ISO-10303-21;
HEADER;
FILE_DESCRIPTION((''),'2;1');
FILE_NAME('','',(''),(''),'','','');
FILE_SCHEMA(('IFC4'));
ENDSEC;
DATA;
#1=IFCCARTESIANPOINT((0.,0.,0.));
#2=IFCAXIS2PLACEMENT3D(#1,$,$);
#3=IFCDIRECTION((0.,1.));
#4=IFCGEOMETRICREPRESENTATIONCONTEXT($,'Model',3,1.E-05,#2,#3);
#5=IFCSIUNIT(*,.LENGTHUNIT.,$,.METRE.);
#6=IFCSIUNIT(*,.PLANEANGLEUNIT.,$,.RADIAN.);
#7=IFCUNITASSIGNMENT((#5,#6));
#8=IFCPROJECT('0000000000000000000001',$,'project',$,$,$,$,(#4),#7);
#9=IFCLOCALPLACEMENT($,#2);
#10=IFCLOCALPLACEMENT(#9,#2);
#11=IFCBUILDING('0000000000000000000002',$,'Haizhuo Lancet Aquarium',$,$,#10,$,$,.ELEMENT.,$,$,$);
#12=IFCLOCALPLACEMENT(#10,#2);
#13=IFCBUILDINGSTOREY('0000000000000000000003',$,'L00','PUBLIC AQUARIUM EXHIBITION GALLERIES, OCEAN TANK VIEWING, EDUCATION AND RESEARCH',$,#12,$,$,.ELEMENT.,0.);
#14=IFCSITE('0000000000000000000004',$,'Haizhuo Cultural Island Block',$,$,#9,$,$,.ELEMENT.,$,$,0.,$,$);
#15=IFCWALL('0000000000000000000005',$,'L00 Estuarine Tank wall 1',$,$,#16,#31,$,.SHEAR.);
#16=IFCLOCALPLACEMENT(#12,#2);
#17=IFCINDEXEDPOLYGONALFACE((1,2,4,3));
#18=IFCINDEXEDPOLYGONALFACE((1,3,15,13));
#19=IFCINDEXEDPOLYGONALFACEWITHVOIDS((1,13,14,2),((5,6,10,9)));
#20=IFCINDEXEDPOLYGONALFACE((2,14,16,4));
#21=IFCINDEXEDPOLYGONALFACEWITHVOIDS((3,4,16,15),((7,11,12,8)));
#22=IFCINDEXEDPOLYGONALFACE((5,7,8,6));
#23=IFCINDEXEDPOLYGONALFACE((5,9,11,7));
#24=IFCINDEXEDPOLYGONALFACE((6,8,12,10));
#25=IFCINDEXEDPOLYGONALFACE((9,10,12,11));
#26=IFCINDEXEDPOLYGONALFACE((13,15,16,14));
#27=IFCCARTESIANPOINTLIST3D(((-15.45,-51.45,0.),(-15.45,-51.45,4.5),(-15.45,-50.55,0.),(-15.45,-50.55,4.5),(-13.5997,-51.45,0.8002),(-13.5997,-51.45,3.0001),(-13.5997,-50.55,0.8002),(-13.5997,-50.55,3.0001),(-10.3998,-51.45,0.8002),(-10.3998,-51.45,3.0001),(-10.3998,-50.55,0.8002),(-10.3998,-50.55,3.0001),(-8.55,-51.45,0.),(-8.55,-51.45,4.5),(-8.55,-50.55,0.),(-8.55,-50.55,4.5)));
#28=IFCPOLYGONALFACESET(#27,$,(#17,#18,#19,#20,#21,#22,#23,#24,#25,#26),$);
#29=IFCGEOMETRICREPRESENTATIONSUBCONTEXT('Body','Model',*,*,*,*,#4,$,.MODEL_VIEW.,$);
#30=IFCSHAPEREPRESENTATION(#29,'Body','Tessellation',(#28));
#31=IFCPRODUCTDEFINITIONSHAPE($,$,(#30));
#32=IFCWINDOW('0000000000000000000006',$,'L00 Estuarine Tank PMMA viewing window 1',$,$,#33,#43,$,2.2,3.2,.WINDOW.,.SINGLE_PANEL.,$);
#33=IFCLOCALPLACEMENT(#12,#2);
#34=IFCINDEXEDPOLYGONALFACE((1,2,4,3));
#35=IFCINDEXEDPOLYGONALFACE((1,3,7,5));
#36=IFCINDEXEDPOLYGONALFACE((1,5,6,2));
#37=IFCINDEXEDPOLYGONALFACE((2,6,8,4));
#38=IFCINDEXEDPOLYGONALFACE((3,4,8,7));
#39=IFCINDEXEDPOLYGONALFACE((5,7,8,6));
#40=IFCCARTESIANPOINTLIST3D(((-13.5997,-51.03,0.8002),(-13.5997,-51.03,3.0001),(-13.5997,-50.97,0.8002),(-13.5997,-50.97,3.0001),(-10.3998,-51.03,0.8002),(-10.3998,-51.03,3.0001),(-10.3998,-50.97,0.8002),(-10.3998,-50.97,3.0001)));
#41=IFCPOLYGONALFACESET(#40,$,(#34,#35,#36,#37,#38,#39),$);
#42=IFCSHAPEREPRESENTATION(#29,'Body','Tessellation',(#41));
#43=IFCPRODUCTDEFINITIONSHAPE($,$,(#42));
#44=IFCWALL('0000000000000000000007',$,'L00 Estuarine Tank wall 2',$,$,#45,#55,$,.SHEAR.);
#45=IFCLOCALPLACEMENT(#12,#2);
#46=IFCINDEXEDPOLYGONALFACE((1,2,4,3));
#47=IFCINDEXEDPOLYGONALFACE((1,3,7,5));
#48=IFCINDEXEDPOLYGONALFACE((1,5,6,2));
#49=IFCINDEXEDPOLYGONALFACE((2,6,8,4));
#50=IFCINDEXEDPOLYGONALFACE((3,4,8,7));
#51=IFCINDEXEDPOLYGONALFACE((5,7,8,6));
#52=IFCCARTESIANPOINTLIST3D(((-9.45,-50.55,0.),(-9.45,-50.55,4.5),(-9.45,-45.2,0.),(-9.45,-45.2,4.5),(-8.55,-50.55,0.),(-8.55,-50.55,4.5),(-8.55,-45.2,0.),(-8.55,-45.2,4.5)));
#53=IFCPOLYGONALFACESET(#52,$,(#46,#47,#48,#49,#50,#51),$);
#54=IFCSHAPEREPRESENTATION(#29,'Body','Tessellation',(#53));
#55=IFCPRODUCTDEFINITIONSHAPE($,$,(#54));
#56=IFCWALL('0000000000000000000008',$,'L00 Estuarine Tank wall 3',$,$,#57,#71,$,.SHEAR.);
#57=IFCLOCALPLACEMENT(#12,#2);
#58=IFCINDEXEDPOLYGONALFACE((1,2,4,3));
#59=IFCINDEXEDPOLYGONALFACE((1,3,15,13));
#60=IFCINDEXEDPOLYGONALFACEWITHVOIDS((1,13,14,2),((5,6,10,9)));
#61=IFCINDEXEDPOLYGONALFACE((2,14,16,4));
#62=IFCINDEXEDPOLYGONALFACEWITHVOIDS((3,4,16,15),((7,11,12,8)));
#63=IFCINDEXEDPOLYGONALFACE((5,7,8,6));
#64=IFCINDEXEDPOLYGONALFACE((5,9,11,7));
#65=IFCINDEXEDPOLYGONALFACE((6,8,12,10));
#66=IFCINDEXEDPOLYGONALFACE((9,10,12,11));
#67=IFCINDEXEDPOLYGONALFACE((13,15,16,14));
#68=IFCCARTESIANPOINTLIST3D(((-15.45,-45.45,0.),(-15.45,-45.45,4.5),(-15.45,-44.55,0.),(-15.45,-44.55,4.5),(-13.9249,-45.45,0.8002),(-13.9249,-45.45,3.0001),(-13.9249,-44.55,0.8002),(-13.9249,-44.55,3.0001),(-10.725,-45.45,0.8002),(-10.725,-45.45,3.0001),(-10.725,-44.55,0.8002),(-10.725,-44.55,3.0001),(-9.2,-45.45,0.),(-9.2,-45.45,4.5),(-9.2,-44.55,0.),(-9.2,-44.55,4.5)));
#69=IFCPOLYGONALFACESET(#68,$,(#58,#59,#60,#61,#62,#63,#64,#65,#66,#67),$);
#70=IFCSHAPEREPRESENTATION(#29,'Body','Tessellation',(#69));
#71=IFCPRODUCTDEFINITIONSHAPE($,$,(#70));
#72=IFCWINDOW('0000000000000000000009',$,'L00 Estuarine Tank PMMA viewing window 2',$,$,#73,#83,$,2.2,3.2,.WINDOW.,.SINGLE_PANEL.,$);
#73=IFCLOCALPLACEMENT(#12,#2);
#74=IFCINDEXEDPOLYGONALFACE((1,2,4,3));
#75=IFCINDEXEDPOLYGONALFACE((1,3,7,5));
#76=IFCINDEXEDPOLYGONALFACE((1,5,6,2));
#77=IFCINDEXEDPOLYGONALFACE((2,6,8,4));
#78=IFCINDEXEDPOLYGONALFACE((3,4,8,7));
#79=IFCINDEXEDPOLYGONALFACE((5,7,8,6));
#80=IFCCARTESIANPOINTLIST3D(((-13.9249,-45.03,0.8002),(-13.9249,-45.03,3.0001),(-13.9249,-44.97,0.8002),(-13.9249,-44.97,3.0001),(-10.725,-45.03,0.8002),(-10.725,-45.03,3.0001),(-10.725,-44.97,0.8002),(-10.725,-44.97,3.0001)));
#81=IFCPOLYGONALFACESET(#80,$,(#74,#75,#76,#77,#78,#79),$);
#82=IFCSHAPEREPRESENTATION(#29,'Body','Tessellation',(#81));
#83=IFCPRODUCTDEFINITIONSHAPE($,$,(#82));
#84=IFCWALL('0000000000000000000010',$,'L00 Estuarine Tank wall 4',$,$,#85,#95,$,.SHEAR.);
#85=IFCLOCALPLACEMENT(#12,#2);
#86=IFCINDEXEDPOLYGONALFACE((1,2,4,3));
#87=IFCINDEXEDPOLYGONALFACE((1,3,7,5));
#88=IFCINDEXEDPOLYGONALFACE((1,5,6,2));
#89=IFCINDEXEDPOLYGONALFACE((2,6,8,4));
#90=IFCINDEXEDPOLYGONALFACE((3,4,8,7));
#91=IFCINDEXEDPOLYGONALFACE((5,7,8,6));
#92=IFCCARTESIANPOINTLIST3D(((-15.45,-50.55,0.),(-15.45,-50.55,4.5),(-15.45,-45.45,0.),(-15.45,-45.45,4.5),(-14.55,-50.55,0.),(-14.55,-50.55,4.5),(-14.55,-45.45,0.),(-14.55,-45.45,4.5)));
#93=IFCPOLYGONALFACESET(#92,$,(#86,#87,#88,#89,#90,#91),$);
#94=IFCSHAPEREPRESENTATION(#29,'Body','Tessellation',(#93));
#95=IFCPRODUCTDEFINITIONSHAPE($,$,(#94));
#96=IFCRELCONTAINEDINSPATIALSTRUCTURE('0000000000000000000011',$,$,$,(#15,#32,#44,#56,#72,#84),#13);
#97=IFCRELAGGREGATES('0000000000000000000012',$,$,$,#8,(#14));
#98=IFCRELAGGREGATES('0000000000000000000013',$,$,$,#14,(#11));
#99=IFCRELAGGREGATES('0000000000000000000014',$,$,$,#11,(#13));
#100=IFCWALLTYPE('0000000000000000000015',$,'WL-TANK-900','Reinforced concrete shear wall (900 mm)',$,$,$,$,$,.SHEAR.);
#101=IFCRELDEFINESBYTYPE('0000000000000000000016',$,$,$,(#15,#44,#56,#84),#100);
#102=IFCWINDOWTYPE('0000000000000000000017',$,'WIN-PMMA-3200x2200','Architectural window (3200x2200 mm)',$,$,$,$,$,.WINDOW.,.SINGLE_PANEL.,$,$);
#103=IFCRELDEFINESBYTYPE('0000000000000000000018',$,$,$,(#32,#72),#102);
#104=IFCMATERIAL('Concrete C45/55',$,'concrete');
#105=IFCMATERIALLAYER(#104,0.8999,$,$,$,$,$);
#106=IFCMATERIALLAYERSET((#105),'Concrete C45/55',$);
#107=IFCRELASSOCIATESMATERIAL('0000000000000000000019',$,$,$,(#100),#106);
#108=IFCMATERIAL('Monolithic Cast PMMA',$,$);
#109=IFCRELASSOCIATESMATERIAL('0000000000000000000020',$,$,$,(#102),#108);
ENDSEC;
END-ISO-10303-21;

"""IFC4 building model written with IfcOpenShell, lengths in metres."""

from ifc_helpers import new_model, si_unit, direction, frame, frame_2d, origin, place, context, subcontext, project, spatial, rectangle, extrude, material, layer, layer_set, type_object, element, fill, save


model = new_model("IFC4")

# Units and contexts
model_context = context("Model", 3, precision=1e-05, world=origin(), true_north=direction((0.0, 1.0)))
body_context = subcontext(model_context, "Body", "Model", "MODEL_VIEW")
ifc_project = project(units=[si_unit("LENGTHUNIT", "METRE"), si_unit("PLANEANGLEUNIT", "RADIAN")], contexts=[model_context])

# Site, building, storey
site_placement = place(None, origin())
site = spatial("IfcSite", under=ifc_project, at=site_placement, Name="Haizhuo Cultural Island Block", CompositionType="ELEMENT", RefElevation=0.0)
building_placement = place(site_placement, origin())
building = spatial("IfcBuilding", under=site, at=building_placement, Name="Haizhuo Lancet Aquarium", CompositionType="ELEMENT")
storey_placement = place(building_placement, origin())
storey = spatial("IfcBuildingStorey", under=building, at=storey_placement, Name="L00", Description="PUBLIC AQUARIUM EXHIBITION GALLERIES, OCEAN TANK VIEWING, EDUCATION AND RESEARCH", CompositionType="ELEMENT", Elevation=0.0)

# Wall, opening, window
ifc_material_1 = material(Name="Concrete C45/55", Category="concrete")
ifc_layer_1 = layer(ifc_material_1, 0.8999)
ifc_layer_set_1 = layer_set([ifc_layer_1], Name="Concrete C45/55")
wall_type_1 = type_object("IfcWallType", Name="WL-TANK-900", Description="Reinforced concrete shear wall (900 mm)", PredefinedType="SHEAR", material=ifc_layer_set_1)
wall_1_placement = place(storey_placement, frame((-15.45, -51.0, 0.0), z_axis=(0.0, 0.0, 1.0), x_axis=(1.0, 0.0, 0.0)))
wall_1 = element("IfcWall", 1, at=wall_1_placement, inside=storey, type_object=wall_type_1, Name="L00 Estuarine Tank wall 1", PredefinedType="SHEAR", context=body_context, shape_type="SweptSolid", body=[
    extrude(rectangle(XDim=6.8999, YDim=0.8999, at=frame_2d((3.45, 0.0))), origin(), (0.0, 0.0, 1.0), 4.5),
])
opening_1_placement = place(wall_1_placement, frame((1.8501, 0.0, 0.8)))
opening_1 = element("IfcOpeningElement", 2, at=opening_1_placement, cuts=wall_1, PredefinedType="OPENING", context=body_context, shape_type="SweptSolid", body=[
    extrude(rectangle(XDim=3.2, YDim=2.2, at=frame_2d((1.6001, 1.1001))), frame((0.0, 0.46, 0.0), z_axis=(0.0, -1.0, 0.0), x_axis=(1.0, 0.0, 0.0)), (0.0, 0.0, 1.0), 0.9199),
])
ifc_material_2 = material(Name="Monolithic Cast PMMA")
window_type = type_object("IfcWindowType", Name="WIN-PMMA-3200x2200", Description="Architectural window (3200x2200 mm)", PartitioningType="SINGLE_PANEL", PredefinedType="WINDOW", material=ifc_material_2)
window_1_placement = place(opening_1_placement, origin())
window_1 = element("IfcWindow", 3, at=window_1_placement, inside=storey, type_object=window_type, Name="L00 Estuarine Tank PMMA viewing window 1", OverallHeight=2.2, OverallWidth=3.2, PartitioningType="SINGLE_PANEL", PredefinedType="WINDOW", context=body_context, shape_type="SweptSolid", body=[
    extrude(rectangle(XDim=3.2, YDim=2.2, at=frame_2d((1.6001, 1.1001))), frame((0.0, 0.03, 0.0), z_axis=(0.0, -1.0, 0.0), x_axis=(1.0, 0.0, 0.0)), (0.0, 0.0, 1.0), 0.0601),
])
fill(opening_1, window_1)

# Wall
wall_2_placement = place(storey_placement, frame((-9.0, -50.55, 0.0), z_axis=(0.0, 0.0, 1.0), x_axis=(0.0, 1.0, 0.0)))
element("IfcWall", 4, at=wall_2_placement, inside=storey, type_object=wall_type_1, Name="L00 Estuarine Tank wall 2", PredefinedType="SHEAR", context=body_context, shape_type="SweptSolid", body=[
    extrude(rectangle(XDim=5.3501, YDim=0.8999, at=frame_2d((2.675, 0.0))), origin(), (0.0, 0.0, 1.0), 4.5),
])

# Wall, opening, window
wall_3_placement = place(storey_placement, frame((-9.2, -45.0, 0.0), z_axis=(0.0, 0.0, 1.0), x_axis=(-1.0, 0.0, 0.0)))
wall_3 = element("IfcWall", 5, at=wall_3_placement, inside=storey, type_object=wall_type_1, Name="L00 Estuarine Tank wall 3", PredefinedType="SHEAR", context=body_context, shape_type="SweptSolid", body=[
    extrude(rectangle(XDim=6.25, YDim=0.8999, at=frame_2d((3.125, 0.0))), origin(), (0.0, 0.0, 1.0), 4.5),
])
opening_2_placement = place(wall_3_placement, frame((1.5249, 0.0, 0.8)))
opening_2 = element("IfcOpeningElement", 6, at=opening_2_placement, cuts=wall_3, PredefinedType="OPENING", context=body_context, shape_type="SweptSolid", body=[
    extrude(rectangle(XDim=3.2, YDim=2.2, at=frame_2d((1.6001, 1.1001))), frame((0.0, 0.46, 0.0), z_axis=(0.0, -1.0, 0.0), x_axis=(1.0, 0.0, 0.0)), (0.0, 0.0, 1.0), 0.9199),
])
window_2_placement = place(opening_2_placement, origin())
window_2 = element("IfcWindow", 7, at=window_2_placement, inside=storey, type_object=window_type, Name="L00 Estuarine Tank PMMA viewing window 2", OverallHeight=2.2, OverallWidth=3.2, PartitioningType="SINGLE_PANEL", PredefinedType="WINDOW", context=body_context, shape_type="SweptSolid", body=[
    extrude(rectangle(XDim=3.2, YDim=2.2, at=frame_2d((1.6001, 1.1001))), frame((0.0, 0.03, 0.0), z_axis=(0.0, -1.0, 0.0), x_axis=(1.0, 0.0, 0.0)), (0.0, 0.0, 1.0), 0.0601),
])
fill(opening_2, window_2)

# Wall
wall_4_placement = place(storey_placement, frame((-15.0, -45.45, 0.0), z_axis=(0.0, 0.0, 1.0), x_axis=(0.0, -1.0, 0.0)))
element("IfcWall", 8, at=wall_4_placement, inside=storey, type_object=wall_type_1, Name="L00 Estuarine Tank wall 4", PredefinedType="SHEAR", context=body_context, shape_type="SweptSolid", body=[
    extrude(rectangle(XDim=5.1001, YDim=0.8999, at=frame_2d((2.55, 0.0))), origin(), (0.0, 0.0, 1.0), 4.5),
])

save(model, "model.ifc")
